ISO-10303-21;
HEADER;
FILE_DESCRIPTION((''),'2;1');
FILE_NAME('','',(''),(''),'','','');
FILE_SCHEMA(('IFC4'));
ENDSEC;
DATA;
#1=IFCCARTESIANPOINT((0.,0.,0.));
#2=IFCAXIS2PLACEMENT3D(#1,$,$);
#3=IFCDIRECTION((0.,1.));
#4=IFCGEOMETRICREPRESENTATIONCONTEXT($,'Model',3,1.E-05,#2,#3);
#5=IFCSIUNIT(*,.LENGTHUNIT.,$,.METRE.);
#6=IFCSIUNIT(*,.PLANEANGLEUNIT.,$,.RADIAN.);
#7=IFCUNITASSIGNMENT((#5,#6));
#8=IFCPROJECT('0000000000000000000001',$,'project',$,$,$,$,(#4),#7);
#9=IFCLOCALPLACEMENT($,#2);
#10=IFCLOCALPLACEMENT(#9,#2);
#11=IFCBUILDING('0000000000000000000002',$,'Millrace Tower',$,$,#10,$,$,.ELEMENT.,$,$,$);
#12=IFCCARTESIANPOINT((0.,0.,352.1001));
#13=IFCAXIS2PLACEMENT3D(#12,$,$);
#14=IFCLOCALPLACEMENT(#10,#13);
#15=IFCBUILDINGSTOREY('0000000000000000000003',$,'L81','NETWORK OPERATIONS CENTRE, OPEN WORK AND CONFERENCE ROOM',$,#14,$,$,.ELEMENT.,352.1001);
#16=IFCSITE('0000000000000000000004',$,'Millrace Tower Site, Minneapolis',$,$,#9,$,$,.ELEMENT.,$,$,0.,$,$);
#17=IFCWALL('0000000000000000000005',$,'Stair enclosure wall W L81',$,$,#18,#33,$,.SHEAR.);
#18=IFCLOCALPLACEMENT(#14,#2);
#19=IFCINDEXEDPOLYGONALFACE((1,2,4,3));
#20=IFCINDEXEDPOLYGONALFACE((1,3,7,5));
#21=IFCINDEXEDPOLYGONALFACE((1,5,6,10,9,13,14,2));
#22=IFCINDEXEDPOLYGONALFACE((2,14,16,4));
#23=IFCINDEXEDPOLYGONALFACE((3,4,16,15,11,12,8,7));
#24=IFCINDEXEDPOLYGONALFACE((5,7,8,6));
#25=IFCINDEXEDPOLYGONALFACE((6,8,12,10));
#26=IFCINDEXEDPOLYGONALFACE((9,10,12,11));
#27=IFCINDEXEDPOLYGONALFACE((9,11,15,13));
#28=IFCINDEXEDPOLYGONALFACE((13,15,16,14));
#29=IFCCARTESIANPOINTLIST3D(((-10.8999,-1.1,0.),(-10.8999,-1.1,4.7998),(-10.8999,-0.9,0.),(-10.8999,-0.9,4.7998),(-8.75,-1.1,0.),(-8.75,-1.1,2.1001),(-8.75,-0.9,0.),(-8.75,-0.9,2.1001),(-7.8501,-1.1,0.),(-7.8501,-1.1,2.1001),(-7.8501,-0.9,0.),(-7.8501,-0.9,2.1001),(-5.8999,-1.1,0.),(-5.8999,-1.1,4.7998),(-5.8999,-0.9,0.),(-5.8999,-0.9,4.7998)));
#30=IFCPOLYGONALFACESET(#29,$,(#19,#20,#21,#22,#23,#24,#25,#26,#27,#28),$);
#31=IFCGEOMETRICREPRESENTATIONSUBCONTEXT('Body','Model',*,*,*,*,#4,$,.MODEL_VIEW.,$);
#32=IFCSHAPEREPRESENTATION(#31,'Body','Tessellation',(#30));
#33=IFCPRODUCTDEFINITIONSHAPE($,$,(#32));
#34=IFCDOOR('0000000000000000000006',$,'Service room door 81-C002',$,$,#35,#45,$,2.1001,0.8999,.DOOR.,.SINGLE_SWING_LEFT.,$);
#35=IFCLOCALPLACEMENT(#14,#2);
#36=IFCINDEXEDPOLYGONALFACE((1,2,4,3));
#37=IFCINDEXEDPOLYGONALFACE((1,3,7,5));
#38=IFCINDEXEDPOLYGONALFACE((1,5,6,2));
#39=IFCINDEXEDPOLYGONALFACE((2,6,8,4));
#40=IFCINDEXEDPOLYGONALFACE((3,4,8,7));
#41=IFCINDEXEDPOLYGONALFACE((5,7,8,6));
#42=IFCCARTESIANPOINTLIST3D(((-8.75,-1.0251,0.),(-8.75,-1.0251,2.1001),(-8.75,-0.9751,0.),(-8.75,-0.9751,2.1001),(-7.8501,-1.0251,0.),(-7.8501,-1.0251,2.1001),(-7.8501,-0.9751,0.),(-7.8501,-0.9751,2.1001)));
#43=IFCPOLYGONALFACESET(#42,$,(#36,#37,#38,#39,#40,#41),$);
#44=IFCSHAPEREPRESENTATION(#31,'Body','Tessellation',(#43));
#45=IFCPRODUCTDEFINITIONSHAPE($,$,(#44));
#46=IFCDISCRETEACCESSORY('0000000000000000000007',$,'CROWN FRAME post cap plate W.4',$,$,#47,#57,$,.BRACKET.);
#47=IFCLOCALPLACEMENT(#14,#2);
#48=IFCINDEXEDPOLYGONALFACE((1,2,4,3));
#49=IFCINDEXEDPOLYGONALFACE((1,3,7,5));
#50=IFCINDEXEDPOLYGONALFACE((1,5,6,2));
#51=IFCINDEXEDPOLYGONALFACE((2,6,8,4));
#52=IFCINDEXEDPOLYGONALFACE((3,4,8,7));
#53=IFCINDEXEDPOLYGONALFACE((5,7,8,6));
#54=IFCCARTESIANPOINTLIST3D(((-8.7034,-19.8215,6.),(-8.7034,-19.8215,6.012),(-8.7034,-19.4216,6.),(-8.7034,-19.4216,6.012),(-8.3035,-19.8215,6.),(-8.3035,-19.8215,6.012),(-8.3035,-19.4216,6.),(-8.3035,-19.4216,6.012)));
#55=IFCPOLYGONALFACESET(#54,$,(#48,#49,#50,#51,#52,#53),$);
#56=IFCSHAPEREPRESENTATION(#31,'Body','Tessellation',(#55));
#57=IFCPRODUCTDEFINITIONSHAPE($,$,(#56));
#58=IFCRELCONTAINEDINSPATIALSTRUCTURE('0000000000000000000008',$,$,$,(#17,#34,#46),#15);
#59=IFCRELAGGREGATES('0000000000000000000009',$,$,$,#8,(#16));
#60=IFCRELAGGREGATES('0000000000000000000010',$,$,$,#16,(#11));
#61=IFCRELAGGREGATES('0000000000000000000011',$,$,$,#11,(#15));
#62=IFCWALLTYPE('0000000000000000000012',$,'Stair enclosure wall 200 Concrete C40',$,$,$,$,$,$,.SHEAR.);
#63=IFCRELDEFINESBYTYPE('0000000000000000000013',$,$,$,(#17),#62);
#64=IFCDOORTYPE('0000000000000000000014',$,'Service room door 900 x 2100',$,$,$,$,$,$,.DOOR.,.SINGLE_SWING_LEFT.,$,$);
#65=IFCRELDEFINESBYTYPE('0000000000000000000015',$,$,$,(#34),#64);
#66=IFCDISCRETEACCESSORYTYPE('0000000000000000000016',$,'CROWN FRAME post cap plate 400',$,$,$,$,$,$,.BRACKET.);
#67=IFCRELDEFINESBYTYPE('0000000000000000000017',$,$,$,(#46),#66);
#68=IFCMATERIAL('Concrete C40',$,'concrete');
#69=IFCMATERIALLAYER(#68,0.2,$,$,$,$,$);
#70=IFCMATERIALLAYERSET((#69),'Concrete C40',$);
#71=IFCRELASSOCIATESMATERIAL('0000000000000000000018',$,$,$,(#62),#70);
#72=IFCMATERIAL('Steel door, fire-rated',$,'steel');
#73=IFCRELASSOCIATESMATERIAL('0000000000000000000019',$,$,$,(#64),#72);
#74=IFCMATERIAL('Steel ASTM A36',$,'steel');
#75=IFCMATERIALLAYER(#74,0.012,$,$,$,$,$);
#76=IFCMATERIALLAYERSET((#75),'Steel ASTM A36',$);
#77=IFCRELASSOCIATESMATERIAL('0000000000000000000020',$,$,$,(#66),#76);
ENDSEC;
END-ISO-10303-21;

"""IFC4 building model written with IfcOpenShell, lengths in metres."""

from ifc_helpers import new_model, si_unit, direction, frame, frame_2d, origin, origin_2d, place, context, subcontext, project, spatial, rectangle, extrude, material, layer, layer_set, type_object, element, fill, save


model = new_model("IFC4")

# Units and contexts
model_context = context("Model", 3, precision=1e-05, world=origin(), true_north=direction((0.0, 1.0)))
body_context = subcontext(model_context, "Body", "Model", "MODEL_VIEW")
ifc_project = project(units=[si_unit("LENGTHUNIT", "METRE"), si_unit("PLANEANGLEUNIT", "RADIAN")], contexts=[model_context])

# Site, building, storey
site_placement = place(None, origin())
site = spatial("IfcSite", under=ifc_project, at=site_placement, Name="Millrace Tower Site, Minneapolis", CompositionType="ELEMENT", RefElevation=0.0)
building_placement = place(site_placement, origin())
building = spatial("IfcBuilding", under=site, at=building_placement, Name="Millrace Tower", CompositionType="ELEMENT")
storey_placement = place(building_placement, frame((0.0, 0.0, 352.1001)))
storey = spatial("IfcBuildingStorey", under=building, at=storey_placement, Name="L81", Description="NETWORK OPERATIONS CENTRE, OPEN WORK AND CONFERENCE ROOM", CompositionType="ELEMENT", Elevation=352.1001)

# Shared definitions
ifc_material_1 = material(Name="Concrete C40", Category="concrete")
ifc_layer_1 = layer(ifc_material_1, 0.2)
ifc_layer_set_1 = layer_set([ifc_layer_1], Name="Concrete C40")
wall_type_1 = type_object("IfcWallType", Name="Stair enclosure wall 200 Concrete C40", PredefinedType="SHEAR", material=ifc_layer_set_1)

# Wall, opening, door
wall_1_placement = place(storey_placement, frame((-10.8999, -1.0, 0.0), z_axis=(0.0, 0.0, 1.0), x_axis=(1.0, 0.0, 0.0)))
wall_1 = element("IfcWall", 1, at=wall_1_placement, inside=storey, type_object=wall_type_1, Name="Stair enclosure wall W L81", PredefinedType="SHEAR", context=body_context, shape_type="SweptSolid", body=[
    extrude(rectangle(XDim=5.0, YDim=0.2, at=frame_2d((2.5, 0.0))), origin(), (0.0, 0.0, 1.0), 4.7998),
])
opening_placement = place(wall_1_placement, frame((2.1499, 0.0, 0.0)))
opening = element("IfcOpeningElement", 2, at=opening_placement, cuts=wall_1, PredefinedType="OPENING", context=body_context, shape_type="SweptSolid", body=[
    extrude(rectangle(XDim=0.8999, YDim=2.1001, at=frame_2d((0.45, 1.05))), frame((0.0, 0.1099, 0.0), z_axis=(0.0, -1.0, 0.0), x_axis=(1.0, 0.0, 0.0)), (0.0, 0.0, 1.0), 0.22),
])
ifc_material_2 = material(Name="Steel door, fire-rated", Category="steel")
door_type = type_object("IfcDoorType", Name="Service room door 900 x 2100", OperationType="SINGLE_SWING_LEFT", PredefinedType="DOOR", material=ifc_material_2)
door_placement = place(opening_placement, origin())
door = element("IfcDoor", 3, at=door_placement, inside=storey, type_object=door_type, Name="Service room door 81-C002", OperationType="SINGLE_SWING_LEFT", OverallHeight=2.1001, OverallWidth=0.8999, PredefinedType="DOOR", context=body_context, shape_type="SweptSolid", body=[
    extrude(rectangle(XDim=0.8999, YDim=2.1001, at=frame_2d((0.45, 1.05))), frame((0.0, 0.0249, 0.0), z_axis=(0.0, -1.0, 0.0), x_axis=(1.0, 0.0, 0.0)), (0.0, 0.0, 1.0), 0.05),
])
fill(opening, door)

# Discrete accessory
ifc_material_3 = material(Name="Steel ASTM A36", Category="steel")
ifc_layer_2 = layer(ifc_material_3, 0.012)
ifc_layer_set_2 = layer_set([ifc_layer_2], Name="Steel ASTM A36")
discrete_accessory_type = type_object("IfcDiscreteAccessoryType", Name="CROWN FRAME post cap plate 400", PredefinedType="BRACKET", material=ifc_layer_set_2)
discrete_accessory_placement = place(storey_placement, frame((-8.5034, -19.6216, 6.0), z_axis=(0.0, 0.0, 1.0), x_axis=(1.0, 0.0, 0.0)))
element("IfcDiscreteAccessory", 4, at=discrete_accessory_placement, inside=storey, type_object=discrete_accessory_type, Name="CROWN FRAME post cap plate W.4", PredefinedType="BRACKET", context=body_context, shape_type="SweptSolid", body=[
    extrude(rectangle(XDim=0.3999, YDim=0.3999, at=origin_2d()), origin(), (0.0, 0.0, 1.0), 0.012),
])

save(model, "model.ifc")
